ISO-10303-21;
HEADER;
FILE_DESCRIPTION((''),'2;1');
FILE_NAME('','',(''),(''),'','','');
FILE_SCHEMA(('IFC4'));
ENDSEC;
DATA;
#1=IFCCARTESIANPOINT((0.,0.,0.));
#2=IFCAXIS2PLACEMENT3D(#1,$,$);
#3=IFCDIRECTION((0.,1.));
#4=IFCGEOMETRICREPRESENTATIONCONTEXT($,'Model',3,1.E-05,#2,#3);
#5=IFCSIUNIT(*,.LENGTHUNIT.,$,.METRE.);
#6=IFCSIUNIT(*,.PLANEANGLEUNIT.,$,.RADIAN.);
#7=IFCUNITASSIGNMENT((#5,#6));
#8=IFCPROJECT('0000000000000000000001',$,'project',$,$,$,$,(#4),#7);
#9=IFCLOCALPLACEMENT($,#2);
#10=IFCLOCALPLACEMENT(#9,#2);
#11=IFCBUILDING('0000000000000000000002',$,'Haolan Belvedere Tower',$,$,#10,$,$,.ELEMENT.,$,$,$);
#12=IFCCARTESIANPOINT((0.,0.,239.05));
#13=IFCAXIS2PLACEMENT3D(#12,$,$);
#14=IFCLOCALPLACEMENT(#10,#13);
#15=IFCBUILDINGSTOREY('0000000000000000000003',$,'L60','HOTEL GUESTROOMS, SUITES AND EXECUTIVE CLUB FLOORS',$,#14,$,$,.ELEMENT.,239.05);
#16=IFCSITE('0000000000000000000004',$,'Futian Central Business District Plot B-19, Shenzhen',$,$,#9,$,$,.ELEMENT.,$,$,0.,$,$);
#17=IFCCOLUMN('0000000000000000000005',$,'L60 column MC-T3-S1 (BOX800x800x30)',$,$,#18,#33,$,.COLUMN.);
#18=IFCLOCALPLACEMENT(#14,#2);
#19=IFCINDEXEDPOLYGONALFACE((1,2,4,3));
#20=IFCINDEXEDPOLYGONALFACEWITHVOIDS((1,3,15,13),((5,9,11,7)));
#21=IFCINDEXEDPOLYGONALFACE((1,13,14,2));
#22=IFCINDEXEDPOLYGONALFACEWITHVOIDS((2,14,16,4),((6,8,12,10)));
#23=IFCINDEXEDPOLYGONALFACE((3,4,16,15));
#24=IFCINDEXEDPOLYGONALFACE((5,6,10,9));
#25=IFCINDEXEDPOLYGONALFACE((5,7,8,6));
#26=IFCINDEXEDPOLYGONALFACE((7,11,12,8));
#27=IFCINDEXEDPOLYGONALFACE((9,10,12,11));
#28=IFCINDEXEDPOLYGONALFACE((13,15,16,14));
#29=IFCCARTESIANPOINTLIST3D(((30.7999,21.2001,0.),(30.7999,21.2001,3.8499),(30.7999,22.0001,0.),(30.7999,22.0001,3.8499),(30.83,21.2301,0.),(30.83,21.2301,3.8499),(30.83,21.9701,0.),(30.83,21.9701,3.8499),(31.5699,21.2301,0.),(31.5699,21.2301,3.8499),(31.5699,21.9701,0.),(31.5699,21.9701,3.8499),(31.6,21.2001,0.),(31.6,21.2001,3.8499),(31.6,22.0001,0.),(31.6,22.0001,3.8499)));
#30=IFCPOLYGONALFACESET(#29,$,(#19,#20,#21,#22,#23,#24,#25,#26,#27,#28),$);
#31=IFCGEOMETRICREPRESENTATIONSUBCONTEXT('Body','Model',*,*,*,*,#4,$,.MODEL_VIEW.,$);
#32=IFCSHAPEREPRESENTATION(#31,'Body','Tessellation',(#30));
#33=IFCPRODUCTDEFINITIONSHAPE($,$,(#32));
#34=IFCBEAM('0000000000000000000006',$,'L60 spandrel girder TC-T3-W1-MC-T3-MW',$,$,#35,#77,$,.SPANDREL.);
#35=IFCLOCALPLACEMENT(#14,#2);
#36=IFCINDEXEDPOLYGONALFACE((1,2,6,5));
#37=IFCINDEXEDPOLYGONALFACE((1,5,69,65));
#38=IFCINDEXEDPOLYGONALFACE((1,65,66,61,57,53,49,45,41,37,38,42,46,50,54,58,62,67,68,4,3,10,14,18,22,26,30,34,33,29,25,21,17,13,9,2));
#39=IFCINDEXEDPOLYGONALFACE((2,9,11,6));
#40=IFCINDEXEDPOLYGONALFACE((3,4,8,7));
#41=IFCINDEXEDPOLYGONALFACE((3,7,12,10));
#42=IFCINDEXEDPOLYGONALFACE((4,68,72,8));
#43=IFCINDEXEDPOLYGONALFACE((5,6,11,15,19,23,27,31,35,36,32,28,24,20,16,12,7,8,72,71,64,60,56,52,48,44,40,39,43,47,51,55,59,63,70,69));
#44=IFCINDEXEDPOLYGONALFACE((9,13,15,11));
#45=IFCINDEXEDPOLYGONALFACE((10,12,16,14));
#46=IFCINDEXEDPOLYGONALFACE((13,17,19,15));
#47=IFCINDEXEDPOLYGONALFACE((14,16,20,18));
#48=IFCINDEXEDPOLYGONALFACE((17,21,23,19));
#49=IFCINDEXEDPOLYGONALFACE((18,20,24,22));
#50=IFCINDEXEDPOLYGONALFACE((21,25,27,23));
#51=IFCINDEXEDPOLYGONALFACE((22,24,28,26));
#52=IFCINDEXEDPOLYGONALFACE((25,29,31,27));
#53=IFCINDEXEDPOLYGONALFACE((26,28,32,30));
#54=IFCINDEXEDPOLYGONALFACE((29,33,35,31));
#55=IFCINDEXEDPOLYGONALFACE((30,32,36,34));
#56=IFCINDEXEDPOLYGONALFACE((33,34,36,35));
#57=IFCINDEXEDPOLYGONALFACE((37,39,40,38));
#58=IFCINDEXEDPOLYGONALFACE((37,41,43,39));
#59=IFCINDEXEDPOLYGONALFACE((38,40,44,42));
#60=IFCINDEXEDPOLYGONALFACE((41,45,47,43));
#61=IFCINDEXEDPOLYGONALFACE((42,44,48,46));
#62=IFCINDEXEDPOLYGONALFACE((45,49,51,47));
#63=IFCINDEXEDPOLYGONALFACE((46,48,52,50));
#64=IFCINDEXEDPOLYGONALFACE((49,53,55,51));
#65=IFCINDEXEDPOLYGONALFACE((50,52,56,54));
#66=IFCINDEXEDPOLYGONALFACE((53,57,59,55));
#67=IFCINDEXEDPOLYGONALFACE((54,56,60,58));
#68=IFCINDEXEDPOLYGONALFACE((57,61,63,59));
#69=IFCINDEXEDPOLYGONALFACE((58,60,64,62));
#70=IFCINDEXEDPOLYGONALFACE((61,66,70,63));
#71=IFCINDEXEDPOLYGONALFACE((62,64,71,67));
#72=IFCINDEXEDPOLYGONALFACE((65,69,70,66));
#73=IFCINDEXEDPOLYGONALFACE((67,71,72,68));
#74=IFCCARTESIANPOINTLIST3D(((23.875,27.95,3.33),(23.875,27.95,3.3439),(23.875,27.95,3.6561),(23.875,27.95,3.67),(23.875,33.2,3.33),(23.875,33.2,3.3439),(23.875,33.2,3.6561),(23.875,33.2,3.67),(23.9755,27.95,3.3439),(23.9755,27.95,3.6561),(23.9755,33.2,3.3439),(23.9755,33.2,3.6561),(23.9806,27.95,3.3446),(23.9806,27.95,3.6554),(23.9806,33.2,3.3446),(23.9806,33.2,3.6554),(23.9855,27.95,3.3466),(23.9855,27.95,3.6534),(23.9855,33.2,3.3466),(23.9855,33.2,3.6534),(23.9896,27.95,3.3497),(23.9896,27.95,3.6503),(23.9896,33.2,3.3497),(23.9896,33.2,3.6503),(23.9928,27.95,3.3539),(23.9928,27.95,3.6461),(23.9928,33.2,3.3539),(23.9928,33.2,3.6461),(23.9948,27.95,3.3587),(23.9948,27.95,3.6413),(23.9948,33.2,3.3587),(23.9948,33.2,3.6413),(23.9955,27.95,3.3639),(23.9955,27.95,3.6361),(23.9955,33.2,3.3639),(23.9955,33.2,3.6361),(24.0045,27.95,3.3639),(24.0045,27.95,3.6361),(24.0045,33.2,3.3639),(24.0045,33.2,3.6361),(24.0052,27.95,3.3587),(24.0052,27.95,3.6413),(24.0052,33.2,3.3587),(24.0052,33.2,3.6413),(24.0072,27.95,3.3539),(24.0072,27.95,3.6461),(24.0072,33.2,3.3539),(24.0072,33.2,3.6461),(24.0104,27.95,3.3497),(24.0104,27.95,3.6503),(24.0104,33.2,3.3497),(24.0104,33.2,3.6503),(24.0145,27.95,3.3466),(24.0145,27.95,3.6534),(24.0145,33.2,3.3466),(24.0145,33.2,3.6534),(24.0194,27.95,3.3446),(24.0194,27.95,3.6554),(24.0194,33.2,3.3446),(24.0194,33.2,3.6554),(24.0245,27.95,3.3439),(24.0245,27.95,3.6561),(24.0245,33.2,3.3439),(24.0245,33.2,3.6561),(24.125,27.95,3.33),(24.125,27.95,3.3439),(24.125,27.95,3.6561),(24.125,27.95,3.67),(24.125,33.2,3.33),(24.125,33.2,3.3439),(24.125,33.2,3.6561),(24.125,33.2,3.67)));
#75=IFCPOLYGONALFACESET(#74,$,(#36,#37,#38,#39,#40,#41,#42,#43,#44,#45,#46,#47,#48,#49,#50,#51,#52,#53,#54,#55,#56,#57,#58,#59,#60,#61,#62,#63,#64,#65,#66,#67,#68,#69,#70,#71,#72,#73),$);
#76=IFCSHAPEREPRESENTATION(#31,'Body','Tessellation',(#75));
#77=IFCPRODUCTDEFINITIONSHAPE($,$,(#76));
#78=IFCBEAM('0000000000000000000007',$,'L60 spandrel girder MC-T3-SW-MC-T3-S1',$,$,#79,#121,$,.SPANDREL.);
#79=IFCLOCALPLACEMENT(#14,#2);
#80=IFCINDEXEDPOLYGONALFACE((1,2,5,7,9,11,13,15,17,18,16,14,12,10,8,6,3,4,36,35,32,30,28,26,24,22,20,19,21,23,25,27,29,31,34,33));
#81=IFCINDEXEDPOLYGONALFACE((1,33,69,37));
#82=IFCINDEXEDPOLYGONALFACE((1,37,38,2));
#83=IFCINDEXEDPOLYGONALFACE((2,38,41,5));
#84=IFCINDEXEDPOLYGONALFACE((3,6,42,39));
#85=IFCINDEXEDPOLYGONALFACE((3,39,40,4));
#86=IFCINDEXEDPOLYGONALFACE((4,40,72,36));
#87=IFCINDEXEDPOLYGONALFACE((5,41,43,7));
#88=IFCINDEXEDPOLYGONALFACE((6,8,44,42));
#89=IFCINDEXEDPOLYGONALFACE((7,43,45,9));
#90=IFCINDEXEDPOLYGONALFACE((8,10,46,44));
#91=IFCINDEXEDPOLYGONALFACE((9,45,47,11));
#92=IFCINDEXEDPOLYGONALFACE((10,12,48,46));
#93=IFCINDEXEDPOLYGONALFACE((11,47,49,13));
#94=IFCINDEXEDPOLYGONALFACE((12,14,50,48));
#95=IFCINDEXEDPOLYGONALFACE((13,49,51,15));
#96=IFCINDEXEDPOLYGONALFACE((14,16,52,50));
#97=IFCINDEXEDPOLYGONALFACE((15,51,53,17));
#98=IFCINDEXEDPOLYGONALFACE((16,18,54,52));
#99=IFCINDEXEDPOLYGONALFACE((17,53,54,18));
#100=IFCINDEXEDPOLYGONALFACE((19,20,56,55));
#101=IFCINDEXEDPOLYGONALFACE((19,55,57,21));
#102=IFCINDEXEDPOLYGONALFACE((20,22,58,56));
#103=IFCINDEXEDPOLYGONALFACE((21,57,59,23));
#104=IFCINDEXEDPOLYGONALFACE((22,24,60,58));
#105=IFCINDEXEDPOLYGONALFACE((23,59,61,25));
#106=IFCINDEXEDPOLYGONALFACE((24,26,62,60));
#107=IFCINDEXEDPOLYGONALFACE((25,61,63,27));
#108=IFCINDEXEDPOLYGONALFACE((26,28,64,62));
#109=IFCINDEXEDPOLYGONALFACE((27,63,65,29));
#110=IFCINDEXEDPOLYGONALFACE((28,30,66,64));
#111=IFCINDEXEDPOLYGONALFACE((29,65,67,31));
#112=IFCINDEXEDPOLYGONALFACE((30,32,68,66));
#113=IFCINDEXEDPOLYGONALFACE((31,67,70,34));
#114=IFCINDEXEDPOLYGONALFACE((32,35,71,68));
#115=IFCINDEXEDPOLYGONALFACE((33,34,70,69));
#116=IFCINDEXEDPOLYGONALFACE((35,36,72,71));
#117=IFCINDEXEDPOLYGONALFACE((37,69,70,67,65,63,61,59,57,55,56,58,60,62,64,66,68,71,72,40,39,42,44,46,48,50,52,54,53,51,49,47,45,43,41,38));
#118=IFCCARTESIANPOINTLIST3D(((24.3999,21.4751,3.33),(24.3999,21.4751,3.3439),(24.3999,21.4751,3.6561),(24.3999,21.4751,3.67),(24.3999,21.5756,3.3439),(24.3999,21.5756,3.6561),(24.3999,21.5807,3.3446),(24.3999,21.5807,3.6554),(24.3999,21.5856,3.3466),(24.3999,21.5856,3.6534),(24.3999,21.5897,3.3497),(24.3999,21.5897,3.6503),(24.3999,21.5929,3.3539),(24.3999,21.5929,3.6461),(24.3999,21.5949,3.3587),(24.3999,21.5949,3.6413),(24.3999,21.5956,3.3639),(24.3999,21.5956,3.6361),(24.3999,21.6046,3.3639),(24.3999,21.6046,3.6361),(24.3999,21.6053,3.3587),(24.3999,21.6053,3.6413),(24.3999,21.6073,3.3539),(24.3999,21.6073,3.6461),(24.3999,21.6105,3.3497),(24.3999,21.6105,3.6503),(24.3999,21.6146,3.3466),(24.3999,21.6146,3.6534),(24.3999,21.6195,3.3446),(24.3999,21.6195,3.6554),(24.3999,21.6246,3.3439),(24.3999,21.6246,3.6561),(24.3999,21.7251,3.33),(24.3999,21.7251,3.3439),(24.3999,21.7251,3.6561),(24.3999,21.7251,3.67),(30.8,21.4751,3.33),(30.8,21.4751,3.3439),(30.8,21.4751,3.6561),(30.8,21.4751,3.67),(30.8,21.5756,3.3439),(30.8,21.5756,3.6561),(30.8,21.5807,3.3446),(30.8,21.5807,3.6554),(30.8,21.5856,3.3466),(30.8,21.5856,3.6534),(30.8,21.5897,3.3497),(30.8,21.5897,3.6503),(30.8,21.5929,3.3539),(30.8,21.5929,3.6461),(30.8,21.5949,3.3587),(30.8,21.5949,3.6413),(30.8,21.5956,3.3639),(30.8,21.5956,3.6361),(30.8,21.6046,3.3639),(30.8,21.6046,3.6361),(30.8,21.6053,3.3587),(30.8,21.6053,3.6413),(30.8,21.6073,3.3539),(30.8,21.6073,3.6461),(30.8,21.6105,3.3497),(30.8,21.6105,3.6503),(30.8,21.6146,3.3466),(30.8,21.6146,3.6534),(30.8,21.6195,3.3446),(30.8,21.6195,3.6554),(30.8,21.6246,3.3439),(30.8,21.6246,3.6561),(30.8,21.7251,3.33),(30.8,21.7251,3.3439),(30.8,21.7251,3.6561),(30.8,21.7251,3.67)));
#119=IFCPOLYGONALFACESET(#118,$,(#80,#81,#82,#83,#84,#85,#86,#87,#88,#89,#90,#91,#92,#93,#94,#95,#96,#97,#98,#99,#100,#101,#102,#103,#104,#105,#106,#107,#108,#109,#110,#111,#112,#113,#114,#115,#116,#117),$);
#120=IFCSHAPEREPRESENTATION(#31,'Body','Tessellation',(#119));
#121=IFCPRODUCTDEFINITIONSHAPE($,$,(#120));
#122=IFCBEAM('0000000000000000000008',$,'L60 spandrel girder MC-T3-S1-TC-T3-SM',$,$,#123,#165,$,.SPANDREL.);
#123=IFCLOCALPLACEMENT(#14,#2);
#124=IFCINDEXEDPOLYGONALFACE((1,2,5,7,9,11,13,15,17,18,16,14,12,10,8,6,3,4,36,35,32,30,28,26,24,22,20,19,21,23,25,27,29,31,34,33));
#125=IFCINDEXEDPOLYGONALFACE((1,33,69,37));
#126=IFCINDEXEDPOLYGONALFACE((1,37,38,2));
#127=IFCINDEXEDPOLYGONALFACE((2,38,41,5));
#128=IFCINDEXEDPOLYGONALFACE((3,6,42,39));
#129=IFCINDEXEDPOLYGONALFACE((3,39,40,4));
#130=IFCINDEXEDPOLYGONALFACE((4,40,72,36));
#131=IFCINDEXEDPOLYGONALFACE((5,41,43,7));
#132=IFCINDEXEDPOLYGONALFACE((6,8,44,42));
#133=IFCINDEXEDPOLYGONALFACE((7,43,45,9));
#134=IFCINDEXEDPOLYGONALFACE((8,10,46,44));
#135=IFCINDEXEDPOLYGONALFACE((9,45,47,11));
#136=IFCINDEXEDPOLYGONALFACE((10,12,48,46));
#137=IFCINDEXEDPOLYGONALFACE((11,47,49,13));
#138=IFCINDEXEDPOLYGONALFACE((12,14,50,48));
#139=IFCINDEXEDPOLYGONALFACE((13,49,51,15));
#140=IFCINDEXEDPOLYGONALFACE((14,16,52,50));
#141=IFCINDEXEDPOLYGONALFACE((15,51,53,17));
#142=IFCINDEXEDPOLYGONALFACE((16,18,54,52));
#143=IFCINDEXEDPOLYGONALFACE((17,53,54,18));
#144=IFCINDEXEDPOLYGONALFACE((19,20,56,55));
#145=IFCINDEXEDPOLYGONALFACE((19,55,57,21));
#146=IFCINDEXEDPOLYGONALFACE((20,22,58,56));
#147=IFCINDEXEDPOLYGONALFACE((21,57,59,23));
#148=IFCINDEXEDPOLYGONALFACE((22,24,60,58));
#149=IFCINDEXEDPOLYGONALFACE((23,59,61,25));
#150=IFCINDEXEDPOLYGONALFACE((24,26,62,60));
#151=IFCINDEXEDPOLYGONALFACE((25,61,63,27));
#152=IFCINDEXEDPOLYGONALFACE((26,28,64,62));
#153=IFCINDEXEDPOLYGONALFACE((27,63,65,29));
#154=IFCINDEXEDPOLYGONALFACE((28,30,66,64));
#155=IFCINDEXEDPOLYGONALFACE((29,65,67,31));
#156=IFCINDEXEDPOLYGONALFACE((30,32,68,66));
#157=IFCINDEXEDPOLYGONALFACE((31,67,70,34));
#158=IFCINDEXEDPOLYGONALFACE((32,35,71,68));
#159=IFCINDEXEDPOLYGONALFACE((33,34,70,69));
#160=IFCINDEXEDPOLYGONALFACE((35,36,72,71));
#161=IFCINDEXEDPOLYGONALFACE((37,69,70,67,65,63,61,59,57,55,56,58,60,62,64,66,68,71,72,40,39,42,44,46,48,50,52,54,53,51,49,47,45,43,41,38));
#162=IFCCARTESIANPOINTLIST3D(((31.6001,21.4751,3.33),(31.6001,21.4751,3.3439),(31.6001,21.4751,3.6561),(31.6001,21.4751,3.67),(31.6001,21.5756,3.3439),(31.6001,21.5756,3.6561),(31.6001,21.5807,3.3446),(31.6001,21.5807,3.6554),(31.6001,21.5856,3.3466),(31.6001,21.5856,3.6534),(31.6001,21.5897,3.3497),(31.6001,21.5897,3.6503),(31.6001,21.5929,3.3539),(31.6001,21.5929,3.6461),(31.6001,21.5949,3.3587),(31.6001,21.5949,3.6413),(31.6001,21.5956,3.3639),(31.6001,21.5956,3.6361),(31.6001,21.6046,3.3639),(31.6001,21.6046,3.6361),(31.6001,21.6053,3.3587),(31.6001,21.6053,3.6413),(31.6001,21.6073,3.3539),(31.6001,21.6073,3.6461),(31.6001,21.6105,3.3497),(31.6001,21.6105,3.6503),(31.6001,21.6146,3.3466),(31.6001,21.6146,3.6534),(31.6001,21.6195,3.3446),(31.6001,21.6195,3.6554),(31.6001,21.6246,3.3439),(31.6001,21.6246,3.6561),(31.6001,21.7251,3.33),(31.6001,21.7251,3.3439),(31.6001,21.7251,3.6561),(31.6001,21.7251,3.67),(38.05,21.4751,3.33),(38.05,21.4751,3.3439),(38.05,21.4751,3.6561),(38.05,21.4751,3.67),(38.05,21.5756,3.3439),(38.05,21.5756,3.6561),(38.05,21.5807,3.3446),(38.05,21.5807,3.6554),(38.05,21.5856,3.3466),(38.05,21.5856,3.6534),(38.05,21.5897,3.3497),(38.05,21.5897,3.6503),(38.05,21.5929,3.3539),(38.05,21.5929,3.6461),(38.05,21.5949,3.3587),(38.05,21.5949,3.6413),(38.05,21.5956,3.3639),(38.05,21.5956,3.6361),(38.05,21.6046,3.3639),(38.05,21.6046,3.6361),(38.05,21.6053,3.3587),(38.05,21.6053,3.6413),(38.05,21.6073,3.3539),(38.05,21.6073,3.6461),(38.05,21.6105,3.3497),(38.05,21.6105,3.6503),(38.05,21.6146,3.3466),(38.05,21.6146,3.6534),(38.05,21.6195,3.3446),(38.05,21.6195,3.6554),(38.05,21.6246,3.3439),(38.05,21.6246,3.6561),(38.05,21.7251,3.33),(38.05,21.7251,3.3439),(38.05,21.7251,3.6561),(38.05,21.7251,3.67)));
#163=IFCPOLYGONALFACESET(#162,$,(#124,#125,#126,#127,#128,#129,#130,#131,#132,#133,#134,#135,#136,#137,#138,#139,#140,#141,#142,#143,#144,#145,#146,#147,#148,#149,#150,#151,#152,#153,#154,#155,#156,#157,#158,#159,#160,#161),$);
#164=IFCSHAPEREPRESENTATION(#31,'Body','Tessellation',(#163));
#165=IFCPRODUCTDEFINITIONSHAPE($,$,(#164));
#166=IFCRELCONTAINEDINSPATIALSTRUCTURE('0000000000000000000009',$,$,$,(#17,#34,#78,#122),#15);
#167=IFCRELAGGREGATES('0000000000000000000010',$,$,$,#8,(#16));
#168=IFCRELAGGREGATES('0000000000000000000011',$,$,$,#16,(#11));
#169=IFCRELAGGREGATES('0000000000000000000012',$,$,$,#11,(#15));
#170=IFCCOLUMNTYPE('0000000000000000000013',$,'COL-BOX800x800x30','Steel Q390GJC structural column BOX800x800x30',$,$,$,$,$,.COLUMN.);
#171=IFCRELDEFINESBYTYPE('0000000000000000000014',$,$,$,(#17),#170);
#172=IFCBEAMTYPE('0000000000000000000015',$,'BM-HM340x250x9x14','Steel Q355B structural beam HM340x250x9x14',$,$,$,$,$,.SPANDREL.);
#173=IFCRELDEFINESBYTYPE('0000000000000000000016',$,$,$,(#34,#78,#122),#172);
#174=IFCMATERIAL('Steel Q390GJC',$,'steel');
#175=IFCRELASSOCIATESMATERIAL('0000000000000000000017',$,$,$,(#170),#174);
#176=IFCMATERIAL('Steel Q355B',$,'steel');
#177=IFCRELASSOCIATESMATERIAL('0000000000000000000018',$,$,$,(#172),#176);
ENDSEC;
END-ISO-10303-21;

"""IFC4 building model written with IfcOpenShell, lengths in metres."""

from ifc_helpers import new_model, si_unit, direction, frame, origin, origin_2d, place, context, subcontext, project, spatial, hollow_rectangle, i_section, extrude, material, material_profile, profile_set, type_object, element, save


model = new_model("IFC4")

# Units and contexts
model_context = context("Model", 3, precision=1e-05, world=origin(), true_north=direction((0.0, 1.0)))
body_context = subcontext(model_context, "Body", "Model", "MODEL_VIEW")
ifc_project = project(units=[si_unit("LENGTHUNIT", "METRE"), si_unit("PLANEANGLEUNIT", "RADIAN")], contexts=[model_context])

# Site, building, storey
site_placement = place(None, origin())
site = spatial("IfcSite", under=ifc_project, at=site_placement, Name="Futian Central Business District Plot B-19, Shenzhen", CompositionType="ELEMENT", RefElevation=0.0)
building_placement = place(site_placement, origin())
building = spatial("IfcBuilding", under=site, at=building_placement, Name="Haolan Belvedere Tower", CompositionType="ELEMENT")
storey_placement = place(building_placement, frame((0.0, 0.0, 239.05)))
storey = spatial("IfcBuildingStorey", under=building, at=storey_placement, Name="L60", Description="HOTEL GUESTROOMS, SUITES AND EXECUTIVE CLUB FLOORS", CompositionType="ELEMENT", Elevation=239.05)

# Column
ifc_material_1 = material(Name="Steel Q390GJC", Category="steel")
ifc_material_profile_1 = material_profile(ifc_material_1, hollow_rectangle(XDim=0.8, YDim=0.8, WallThickness=0.03, at=origin_2d()), Name="Steel Q390GJC")
ifc_profile_set_1 = profile_set([ifc_material_profile_1], Name="Steel Q390GJC")
column_type = type_object("IfcColumnType", Name="COL-BOX800x800x30", Description="Steel Q390GJC structural column BOX800x800x30", PredefinedType="COLUMN", material=ifc_profile_set_1)
column_placement = place(storey_placement, frame((31.2, 21.6001, 0.0), z_axis=(0.0, 0.0, 1.0), x_axis=(1.0, 0.0, 0.0)))
element("IfcColumn", 1, at=column_placement, inside=storey, type_object=column_type, Name="L60 column MC-T3-S1 (BOX800x800x30)", PredefinedType="COLUMN", context=body_context, shape_type="SweptSolid", body=[
    extrude(hollow_rectangle(XDim=0.8, YDim=0.8, WallThickness=0.03, at=origin_2d()), origin(), (0.0, 0.0, 1.0), 3.8499),
])

# Beams
ifc_material_2 = material(Name="Steel Q355B", Category="steel")
ifc_material_profile_2 = material_profile(ifc_material_2, i_section(OverallWidth=0.25, OverallDepth=0.3401, WebThickness=0.009, FlangeThickness=0.0139, FilletRadius=0.02, at=origin_2d()), Name="Steel Q355B")
ifc_profile_set_2 = profile_set([ifc_material_profile_2], Name="Steel Q355B")
beam_type_1 = type_object("IfcBeamType", Name="BM-HM340x250x9x14", Description="Steel Q355B structural beam HM340x250x9x14", PredefinedType="SPANDREL", material=ifc_profile_set_2)
beam_1_placement = place(storey_placement, frame((24.0, 27.95, 3.5), z_axis=(0.0, 1.0, 0.0), x_axis=(-1.0, 0.0, 0.0)))
element("IfcBeam", 2, at=beam_1_placement, inside=storey, type_object=beam_type_1, Name="L60 spandrel girder TC-T3-W1-MC-T3-MW", PredefinedType="SPANDREL", context=body_context, shape_type="SweptSolid", body=[
    extrude(i_section(OverallWidth=0.25, OverallDepth=0.3401, WebThickness=0.009, FlangeThickness=0.0139, FilletRadius=0.02, at=origin_2d()), origin(), (0.0, 0.0, 1.0), 5.25),
])
beam_2_placement = place(storey_placement, frame((24.3999, 21.6001, 3.5), z_axis=(1.0, 0.0, 0.0), x_axis=(0.0, 1.0, 0.0)))
element("IfcBeam", 3, at=beam_2_placement, inside=storey, type_object=beam_type_1, Name="L60 spandrel girder MC-T3-SW-MC-T3-S1", PredefinedType="SPANDREL", context=body_context, shape_type="SweptSolid", body=[
    extrude(i_section(OverallWidth=0.25, OverallDepth=0.3401, WebThickness=0.009, FlangeThickness=0.0139, FilletRadius=0.02, at=origin_2d()), origin(), (0.0, 0.0, 1.0), 6.4001),
])
beam_3_placement = place(storey_placement, frame((31.6001, 21.6001, 3.5), z_axis=(1.0, 0.0, 0.0), x_axis=(0.0, 1.0, 0.0)))
element("IfcBeam", 4, at=beam_3_placement, inside=storey, type_object=beam_type_1, Name="L60 spandrel girder MC-T3-S1-TC-T3-SM", PredefinedType="SPANDREL", context=body_context, shape_type="SweptSolid", body=[
    extrude(i_section(OverallWidth=0.25, OverallDepth=0.3401, WebThickness=0.009, FlangeThickness=0.0139, FilletRadius=0.02, at=origin_2d()), origin(), (0.0, 0.0, 1.0), 6.45),
])

save(model, "model.ifc")
